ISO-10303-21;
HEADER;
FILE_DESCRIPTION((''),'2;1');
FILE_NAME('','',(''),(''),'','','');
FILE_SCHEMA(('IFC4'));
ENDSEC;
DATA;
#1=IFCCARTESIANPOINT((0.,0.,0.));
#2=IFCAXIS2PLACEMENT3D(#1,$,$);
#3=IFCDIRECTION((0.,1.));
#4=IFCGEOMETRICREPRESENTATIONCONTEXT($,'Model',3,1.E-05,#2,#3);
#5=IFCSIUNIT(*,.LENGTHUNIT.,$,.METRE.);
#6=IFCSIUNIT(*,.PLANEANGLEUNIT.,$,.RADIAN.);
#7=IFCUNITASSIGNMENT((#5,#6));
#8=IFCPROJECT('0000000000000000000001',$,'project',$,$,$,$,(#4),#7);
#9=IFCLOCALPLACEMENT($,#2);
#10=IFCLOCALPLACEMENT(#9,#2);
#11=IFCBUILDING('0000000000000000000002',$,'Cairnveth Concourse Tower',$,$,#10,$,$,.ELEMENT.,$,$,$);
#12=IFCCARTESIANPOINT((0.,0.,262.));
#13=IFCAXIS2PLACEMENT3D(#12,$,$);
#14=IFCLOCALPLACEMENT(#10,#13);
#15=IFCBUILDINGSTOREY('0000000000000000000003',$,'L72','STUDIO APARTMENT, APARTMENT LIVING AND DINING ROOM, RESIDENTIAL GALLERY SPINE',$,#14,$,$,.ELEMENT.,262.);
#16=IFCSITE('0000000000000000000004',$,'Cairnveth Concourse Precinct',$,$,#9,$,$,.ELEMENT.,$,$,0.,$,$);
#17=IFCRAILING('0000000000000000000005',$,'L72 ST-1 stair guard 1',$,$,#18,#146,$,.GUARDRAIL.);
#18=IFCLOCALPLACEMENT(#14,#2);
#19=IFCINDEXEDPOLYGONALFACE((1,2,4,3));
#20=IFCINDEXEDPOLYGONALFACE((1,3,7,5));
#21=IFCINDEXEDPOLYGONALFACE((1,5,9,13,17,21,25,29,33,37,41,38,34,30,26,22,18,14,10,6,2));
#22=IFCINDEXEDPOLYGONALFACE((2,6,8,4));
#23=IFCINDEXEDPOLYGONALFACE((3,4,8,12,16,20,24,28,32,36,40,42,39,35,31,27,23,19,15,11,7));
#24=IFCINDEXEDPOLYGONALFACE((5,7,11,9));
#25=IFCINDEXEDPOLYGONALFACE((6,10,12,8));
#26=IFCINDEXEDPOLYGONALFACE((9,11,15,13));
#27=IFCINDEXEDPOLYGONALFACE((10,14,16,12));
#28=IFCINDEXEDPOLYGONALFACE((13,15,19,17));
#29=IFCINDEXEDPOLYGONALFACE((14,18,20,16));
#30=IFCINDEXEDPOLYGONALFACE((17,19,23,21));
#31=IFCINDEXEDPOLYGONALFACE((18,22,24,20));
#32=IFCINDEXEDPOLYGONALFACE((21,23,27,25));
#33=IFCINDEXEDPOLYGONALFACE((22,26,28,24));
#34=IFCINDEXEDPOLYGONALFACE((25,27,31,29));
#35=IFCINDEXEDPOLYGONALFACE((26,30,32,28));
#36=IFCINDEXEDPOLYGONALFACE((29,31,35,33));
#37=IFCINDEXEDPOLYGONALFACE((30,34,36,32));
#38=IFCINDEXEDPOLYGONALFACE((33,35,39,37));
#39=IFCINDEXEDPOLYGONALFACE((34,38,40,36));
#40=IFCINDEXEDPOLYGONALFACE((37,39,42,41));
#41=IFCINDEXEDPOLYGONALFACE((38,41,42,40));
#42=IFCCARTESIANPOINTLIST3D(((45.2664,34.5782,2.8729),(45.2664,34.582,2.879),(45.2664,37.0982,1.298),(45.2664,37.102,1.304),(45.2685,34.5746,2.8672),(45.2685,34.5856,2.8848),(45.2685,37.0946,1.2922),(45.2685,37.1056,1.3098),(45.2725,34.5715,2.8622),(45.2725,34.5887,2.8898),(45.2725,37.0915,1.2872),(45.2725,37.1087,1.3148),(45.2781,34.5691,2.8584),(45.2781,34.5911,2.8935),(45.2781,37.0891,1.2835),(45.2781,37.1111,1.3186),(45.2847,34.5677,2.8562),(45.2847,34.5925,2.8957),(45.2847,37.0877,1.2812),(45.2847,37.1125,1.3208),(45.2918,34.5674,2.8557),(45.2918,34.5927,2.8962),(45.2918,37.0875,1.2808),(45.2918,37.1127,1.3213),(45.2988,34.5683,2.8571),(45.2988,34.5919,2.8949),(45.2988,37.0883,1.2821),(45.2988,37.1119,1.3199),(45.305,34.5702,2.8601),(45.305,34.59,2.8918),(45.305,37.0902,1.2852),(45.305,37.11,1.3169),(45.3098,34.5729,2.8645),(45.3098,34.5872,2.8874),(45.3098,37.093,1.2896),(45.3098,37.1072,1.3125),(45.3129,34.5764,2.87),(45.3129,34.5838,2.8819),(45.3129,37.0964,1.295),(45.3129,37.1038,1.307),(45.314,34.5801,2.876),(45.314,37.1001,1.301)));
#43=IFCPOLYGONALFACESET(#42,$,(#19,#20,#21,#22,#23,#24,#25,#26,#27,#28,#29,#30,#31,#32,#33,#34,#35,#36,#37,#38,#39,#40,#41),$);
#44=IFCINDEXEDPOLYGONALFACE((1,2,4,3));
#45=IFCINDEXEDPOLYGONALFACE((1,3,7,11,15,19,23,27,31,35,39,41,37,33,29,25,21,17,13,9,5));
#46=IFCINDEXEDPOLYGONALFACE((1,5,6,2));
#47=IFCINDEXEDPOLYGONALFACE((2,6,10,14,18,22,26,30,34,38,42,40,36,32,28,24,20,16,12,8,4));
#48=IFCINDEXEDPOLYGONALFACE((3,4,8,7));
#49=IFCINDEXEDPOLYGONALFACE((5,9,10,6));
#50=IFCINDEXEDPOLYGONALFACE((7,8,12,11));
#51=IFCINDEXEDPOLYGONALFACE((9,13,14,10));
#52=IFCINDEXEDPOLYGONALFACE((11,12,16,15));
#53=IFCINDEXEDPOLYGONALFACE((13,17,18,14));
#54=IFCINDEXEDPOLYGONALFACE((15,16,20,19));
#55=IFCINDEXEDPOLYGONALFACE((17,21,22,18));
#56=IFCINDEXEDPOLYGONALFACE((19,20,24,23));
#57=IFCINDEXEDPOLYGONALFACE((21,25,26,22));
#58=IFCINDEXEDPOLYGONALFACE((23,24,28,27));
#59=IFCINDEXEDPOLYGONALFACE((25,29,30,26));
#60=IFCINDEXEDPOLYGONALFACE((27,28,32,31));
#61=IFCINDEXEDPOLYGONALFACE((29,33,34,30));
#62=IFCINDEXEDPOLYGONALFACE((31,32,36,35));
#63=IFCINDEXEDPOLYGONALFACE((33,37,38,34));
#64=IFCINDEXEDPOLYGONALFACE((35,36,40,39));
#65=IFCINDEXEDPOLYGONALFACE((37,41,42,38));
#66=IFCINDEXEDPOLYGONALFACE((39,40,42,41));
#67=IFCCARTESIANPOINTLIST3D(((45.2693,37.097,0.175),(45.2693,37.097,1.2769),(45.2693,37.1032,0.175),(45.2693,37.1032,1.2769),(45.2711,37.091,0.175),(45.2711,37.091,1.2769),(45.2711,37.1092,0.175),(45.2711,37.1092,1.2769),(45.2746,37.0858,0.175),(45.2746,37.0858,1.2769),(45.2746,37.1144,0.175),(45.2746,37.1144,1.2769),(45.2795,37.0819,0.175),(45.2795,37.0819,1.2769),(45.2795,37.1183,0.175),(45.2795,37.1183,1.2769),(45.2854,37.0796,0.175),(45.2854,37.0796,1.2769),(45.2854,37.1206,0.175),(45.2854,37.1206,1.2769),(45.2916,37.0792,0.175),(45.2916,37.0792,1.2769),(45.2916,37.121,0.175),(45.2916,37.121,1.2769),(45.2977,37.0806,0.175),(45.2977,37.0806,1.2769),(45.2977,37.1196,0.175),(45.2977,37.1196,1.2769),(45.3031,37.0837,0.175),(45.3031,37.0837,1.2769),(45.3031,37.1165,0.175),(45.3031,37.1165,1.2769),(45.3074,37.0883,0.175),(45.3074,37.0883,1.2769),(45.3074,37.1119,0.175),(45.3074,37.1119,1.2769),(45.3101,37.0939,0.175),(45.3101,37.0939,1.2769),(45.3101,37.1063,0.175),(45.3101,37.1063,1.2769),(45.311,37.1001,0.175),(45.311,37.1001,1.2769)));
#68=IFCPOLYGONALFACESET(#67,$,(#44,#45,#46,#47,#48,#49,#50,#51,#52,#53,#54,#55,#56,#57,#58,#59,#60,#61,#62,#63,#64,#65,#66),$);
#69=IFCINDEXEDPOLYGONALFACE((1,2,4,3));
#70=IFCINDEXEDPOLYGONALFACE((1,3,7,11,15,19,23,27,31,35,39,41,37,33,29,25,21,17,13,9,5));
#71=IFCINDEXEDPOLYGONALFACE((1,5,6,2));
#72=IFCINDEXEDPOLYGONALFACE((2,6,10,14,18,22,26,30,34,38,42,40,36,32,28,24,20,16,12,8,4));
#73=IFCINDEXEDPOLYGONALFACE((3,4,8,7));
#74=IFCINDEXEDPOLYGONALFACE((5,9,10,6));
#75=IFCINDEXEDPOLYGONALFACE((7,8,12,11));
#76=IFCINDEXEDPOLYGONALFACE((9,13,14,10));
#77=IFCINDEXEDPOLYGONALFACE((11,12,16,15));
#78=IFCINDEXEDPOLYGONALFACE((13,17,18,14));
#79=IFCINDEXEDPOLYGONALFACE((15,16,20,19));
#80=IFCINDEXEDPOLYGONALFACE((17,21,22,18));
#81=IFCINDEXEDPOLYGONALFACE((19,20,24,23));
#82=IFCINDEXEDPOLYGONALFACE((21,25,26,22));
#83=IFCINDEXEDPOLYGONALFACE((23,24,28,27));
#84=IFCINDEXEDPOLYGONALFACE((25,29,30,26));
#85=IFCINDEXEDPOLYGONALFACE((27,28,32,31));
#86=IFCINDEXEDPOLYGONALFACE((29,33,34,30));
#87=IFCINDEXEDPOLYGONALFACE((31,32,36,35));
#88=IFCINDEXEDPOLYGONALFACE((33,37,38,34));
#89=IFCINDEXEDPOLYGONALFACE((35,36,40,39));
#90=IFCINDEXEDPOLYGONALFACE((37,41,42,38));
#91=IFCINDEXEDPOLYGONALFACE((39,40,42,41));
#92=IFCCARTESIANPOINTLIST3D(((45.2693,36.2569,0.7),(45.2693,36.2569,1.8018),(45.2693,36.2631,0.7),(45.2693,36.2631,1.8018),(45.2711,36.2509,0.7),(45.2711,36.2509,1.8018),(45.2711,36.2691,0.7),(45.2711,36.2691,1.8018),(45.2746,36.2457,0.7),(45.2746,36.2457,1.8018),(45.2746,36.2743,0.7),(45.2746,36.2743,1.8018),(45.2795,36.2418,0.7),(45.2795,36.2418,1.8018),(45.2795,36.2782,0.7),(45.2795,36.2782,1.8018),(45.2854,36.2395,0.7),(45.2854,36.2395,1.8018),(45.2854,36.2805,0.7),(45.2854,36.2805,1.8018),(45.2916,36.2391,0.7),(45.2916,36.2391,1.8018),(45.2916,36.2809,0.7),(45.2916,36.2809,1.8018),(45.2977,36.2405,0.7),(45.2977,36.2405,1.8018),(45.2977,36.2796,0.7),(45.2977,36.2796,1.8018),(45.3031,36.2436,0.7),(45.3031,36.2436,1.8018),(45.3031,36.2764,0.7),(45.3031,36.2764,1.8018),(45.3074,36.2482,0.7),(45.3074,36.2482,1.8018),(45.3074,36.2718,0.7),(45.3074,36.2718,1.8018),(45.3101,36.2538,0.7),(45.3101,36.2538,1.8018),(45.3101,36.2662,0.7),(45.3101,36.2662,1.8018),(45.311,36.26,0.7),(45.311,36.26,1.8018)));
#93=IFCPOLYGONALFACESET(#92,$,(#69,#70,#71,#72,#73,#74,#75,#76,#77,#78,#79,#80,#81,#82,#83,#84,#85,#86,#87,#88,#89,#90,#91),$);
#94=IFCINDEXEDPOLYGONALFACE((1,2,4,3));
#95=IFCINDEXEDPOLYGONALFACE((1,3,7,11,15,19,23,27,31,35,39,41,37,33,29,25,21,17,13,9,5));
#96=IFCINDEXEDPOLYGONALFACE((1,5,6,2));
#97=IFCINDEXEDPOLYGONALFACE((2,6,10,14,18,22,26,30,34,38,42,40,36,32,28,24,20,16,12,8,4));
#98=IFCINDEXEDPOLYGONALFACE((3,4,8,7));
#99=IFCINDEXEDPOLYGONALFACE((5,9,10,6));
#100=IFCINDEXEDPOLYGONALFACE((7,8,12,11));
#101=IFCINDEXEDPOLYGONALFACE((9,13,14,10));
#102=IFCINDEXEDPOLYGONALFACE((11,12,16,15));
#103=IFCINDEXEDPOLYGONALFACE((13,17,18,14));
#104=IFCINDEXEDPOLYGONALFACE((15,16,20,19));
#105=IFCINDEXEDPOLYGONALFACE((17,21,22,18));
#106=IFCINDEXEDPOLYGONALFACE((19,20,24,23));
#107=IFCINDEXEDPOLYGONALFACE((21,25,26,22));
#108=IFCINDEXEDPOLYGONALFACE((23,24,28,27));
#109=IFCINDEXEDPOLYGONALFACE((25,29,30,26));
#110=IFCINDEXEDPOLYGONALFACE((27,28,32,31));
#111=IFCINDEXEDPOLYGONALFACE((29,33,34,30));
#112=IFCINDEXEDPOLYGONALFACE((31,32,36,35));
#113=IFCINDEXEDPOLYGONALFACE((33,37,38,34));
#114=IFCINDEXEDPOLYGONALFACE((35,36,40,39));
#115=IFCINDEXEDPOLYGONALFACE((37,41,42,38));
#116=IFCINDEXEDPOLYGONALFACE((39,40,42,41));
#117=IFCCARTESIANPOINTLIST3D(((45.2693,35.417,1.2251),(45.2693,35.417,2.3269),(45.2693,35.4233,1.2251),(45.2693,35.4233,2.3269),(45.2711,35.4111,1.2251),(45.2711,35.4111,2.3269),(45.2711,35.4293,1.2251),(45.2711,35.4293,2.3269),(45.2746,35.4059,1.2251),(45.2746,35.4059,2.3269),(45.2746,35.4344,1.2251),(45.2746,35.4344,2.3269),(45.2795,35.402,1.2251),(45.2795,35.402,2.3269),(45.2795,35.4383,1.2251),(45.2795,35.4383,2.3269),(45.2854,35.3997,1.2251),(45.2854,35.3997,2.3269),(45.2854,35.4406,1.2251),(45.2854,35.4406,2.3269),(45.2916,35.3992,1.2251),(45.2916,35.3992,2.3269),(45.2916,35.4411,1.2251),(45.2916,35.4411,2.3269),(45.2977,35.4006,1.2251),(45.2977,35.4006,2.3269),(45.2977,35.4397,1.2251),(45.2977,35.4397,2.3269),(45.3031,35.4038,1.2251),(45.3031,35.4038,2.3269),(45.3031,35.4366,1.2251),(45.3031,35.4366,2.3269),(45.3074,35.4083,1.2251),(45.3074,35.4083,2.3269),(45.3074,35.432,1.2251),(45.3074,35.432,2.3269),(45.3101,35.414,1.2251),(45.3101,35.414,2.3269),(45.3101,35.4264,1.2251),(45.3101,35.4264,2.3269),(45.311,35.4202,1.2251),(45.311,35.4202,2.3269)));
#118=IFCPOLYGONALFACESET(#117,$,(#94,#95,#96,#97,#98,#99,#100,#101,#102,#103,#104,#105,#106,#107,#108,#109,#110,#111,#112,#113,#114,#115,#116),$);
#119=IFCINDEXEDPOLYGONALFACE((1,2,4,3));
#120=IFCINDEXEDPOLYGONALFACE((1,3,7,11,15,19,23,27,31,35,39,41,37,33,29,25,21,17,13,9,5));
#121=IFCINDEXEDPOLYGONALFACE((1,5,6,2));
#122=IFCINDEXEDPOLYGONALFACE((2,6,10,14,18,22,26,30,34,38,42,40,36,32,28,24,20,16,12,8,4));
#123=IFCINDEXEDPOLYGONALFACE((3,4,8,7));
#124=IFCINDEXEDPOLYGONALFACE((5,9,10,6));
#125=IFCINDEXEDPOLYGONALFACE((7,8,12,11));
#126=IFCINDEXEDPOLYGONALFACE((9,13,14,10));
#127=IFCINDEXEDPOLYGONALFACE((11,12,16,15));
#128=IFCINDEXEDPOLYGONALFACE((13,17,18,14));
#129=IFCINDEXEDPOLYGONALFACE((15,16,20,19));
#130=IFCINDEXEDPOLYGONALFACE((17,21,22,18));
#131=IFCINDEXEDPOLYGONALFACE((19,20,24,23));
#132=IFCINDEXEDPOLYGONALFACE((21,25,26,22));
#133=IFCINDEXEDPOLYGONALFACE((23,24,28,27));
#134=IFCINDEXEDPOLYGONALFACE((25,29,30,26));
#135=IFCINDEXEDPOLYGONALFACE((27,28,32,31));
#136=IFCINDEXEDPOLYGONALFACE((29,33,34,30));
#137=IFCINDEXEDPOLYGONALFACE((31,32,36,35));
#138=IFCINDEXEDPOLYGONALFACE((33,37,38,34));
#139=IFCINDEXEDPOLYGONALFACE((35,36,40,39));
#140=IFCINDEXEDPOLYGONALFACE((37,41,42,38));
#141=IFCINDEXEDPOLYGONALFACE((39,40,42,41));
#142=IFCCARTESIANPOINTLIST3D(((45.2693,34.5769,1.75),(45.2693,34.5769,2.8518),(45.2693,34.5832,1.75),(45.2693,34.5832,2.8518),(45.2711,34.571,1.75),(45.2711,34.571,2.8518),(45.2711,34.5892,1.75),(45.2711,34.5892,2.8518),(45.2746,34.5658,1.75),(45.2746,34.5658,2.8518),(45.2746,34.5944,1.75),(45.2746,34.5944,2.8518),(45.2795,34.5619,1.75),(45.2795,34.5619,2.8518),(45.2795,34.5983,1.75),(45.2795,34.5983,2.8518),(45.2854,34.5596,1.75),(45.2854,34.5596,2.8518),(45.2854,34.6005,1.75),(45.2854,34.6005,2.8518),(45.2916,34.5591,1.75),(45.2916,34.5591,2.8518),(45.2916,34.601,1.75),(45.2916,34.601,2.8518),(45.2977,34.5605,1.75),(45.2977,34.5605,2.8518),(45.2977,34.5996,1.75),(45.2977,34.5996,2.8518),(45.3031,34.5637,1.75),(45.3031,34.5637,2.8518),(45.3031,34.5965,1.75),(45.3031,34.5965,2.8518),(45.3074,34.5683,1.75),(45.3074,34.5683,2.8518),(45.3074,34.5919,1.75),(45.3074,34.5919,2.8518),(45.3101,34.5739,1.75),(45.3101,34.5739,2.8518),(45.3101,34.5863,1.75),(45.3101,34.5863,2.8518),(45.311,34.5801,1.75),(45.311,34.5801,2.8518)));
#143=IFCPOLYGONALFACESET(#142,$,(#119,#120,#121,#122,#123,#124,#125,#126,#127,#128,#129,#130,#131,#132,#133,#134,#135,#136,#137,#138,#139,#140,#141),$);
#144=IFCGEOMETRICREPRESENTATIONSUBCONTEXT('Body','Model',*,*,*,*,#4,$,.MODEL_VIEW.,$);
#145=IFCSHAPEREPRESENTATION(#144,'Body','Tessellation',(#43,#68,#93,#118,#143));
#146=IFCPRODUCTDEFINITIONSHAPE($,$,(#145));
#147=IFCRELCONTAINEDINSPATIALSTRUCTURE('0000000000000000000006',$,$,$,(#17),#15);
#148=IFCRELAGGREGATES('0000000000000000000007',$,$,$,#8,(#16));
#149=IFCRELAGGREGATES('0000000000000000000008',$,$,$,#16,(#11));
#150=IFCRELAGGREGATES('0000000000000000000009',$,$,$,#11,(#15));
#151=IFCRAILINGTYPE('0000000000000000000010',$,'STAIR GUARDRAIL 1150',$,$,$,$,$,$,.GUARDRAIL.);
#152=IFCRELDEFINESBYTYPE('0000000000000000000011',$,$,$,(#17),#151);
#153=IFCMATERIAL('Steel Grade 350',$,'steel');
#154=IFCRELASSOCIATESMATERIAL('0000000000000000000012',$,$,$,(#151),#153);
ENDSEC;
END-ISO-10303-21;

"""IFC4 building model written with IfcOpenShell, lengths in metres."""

from ifc_helpers import new_model, si_unit, direction, frame, origin, origin_2d, place, context, subcontext, project, spatial, circle, extrude, material, type_object, element, save


model = new_model("IFC4")

# Units and contexts
model_context = context("Model", 3, precision=1e-05, world=origin(), true_north=direction((0.0, 1.0)))
body_context = subcontext(model_context, "Body", "Model", "MODEL_VIEW")
ifc_project = project(units=[si_unit("LENGTHUNIT", "METRE"), si_unit("PLANEANGLEUNIT", "RADIAN")], contexts=[model_context])

# Site, building, storey
site_placement = place(None, origin())
site = spatial("IfcSite", under=ifc_project, at=site_placement, Name="Cairnveth Concourse Precinct", CompositionType="ELEMENT", RefElevation=0.0)
building_placement = place(site_placement, origin())
building = spatial("IfcBuilding", under=site, at=building_placement, Name="Cairnveth Concourse Tower", CompositionType="ELEMENT")
storey_placement = place(building_placement, frame((0.0, 0.0, 262.0)))
storey = spatial("IfcBuildingStorey", under=building, at=storey_placement, Name="L72", Description="STUDIO APARTMENT, APARTMENT LIVING AND DINING ROOM, RESIDENTIAL GALLERY SPINE", CompositionType="ELEMENT", Elevation=262.0)

# Shared definitions
ifc_material_1 = material(Name="Steel Grade 350", Category="steel")

# Railing
railing_type_1 = type_object("IfcRailingType", Name="STAIR GUARDRAIL 1150", PredefinedType="GUARDRAIL", material=ifc_material_1)
railing_1_placement = place(storey_placement, frame((45.29, 37.1001, 0.175)))
element("IfcRailing", 1, at=railing_1_placement, inside=storey, type_object=railing_type_1, Name="L72 ST-1 stair guard 1", PredefinedType="GUARDRAIL", context=body_context, shape_type="SweptSolid", body=[
    extrude(circle(Radius=0.0239, at=origin_2d()), frame((0.0, 0.0, 1.126), z_axis=(0.0, -0.848008, 0.529984), x_axis=(1.0, 0.0, 0.0)), (0.0, 0.0, 1.0), 2.9717),
    extrude(circle(Radius=0.021, at=origin_2d()), origin(), (0.0, 0.0, 1.0), 1.1018),
    extrude(circle(Radius=0.021, at=origin_2d()), frame((0.0, -0.8401, 0.5249)), (0.0, 0.0, 1.0), 1.1018),
    extrude(circle(Radius=0.021, at=origin_2d()), frame((0.0, -1.6799, 1.05)), (0.0, 0.0, 1.0), 1.1018),
    extrude(circle(Radius=0.021, at=origin_2d()), frame((0.0, -2.52, 1.575)), (0.0, 0.0, 1.0), 1.1018),
])

save(model, "model.ifc")
